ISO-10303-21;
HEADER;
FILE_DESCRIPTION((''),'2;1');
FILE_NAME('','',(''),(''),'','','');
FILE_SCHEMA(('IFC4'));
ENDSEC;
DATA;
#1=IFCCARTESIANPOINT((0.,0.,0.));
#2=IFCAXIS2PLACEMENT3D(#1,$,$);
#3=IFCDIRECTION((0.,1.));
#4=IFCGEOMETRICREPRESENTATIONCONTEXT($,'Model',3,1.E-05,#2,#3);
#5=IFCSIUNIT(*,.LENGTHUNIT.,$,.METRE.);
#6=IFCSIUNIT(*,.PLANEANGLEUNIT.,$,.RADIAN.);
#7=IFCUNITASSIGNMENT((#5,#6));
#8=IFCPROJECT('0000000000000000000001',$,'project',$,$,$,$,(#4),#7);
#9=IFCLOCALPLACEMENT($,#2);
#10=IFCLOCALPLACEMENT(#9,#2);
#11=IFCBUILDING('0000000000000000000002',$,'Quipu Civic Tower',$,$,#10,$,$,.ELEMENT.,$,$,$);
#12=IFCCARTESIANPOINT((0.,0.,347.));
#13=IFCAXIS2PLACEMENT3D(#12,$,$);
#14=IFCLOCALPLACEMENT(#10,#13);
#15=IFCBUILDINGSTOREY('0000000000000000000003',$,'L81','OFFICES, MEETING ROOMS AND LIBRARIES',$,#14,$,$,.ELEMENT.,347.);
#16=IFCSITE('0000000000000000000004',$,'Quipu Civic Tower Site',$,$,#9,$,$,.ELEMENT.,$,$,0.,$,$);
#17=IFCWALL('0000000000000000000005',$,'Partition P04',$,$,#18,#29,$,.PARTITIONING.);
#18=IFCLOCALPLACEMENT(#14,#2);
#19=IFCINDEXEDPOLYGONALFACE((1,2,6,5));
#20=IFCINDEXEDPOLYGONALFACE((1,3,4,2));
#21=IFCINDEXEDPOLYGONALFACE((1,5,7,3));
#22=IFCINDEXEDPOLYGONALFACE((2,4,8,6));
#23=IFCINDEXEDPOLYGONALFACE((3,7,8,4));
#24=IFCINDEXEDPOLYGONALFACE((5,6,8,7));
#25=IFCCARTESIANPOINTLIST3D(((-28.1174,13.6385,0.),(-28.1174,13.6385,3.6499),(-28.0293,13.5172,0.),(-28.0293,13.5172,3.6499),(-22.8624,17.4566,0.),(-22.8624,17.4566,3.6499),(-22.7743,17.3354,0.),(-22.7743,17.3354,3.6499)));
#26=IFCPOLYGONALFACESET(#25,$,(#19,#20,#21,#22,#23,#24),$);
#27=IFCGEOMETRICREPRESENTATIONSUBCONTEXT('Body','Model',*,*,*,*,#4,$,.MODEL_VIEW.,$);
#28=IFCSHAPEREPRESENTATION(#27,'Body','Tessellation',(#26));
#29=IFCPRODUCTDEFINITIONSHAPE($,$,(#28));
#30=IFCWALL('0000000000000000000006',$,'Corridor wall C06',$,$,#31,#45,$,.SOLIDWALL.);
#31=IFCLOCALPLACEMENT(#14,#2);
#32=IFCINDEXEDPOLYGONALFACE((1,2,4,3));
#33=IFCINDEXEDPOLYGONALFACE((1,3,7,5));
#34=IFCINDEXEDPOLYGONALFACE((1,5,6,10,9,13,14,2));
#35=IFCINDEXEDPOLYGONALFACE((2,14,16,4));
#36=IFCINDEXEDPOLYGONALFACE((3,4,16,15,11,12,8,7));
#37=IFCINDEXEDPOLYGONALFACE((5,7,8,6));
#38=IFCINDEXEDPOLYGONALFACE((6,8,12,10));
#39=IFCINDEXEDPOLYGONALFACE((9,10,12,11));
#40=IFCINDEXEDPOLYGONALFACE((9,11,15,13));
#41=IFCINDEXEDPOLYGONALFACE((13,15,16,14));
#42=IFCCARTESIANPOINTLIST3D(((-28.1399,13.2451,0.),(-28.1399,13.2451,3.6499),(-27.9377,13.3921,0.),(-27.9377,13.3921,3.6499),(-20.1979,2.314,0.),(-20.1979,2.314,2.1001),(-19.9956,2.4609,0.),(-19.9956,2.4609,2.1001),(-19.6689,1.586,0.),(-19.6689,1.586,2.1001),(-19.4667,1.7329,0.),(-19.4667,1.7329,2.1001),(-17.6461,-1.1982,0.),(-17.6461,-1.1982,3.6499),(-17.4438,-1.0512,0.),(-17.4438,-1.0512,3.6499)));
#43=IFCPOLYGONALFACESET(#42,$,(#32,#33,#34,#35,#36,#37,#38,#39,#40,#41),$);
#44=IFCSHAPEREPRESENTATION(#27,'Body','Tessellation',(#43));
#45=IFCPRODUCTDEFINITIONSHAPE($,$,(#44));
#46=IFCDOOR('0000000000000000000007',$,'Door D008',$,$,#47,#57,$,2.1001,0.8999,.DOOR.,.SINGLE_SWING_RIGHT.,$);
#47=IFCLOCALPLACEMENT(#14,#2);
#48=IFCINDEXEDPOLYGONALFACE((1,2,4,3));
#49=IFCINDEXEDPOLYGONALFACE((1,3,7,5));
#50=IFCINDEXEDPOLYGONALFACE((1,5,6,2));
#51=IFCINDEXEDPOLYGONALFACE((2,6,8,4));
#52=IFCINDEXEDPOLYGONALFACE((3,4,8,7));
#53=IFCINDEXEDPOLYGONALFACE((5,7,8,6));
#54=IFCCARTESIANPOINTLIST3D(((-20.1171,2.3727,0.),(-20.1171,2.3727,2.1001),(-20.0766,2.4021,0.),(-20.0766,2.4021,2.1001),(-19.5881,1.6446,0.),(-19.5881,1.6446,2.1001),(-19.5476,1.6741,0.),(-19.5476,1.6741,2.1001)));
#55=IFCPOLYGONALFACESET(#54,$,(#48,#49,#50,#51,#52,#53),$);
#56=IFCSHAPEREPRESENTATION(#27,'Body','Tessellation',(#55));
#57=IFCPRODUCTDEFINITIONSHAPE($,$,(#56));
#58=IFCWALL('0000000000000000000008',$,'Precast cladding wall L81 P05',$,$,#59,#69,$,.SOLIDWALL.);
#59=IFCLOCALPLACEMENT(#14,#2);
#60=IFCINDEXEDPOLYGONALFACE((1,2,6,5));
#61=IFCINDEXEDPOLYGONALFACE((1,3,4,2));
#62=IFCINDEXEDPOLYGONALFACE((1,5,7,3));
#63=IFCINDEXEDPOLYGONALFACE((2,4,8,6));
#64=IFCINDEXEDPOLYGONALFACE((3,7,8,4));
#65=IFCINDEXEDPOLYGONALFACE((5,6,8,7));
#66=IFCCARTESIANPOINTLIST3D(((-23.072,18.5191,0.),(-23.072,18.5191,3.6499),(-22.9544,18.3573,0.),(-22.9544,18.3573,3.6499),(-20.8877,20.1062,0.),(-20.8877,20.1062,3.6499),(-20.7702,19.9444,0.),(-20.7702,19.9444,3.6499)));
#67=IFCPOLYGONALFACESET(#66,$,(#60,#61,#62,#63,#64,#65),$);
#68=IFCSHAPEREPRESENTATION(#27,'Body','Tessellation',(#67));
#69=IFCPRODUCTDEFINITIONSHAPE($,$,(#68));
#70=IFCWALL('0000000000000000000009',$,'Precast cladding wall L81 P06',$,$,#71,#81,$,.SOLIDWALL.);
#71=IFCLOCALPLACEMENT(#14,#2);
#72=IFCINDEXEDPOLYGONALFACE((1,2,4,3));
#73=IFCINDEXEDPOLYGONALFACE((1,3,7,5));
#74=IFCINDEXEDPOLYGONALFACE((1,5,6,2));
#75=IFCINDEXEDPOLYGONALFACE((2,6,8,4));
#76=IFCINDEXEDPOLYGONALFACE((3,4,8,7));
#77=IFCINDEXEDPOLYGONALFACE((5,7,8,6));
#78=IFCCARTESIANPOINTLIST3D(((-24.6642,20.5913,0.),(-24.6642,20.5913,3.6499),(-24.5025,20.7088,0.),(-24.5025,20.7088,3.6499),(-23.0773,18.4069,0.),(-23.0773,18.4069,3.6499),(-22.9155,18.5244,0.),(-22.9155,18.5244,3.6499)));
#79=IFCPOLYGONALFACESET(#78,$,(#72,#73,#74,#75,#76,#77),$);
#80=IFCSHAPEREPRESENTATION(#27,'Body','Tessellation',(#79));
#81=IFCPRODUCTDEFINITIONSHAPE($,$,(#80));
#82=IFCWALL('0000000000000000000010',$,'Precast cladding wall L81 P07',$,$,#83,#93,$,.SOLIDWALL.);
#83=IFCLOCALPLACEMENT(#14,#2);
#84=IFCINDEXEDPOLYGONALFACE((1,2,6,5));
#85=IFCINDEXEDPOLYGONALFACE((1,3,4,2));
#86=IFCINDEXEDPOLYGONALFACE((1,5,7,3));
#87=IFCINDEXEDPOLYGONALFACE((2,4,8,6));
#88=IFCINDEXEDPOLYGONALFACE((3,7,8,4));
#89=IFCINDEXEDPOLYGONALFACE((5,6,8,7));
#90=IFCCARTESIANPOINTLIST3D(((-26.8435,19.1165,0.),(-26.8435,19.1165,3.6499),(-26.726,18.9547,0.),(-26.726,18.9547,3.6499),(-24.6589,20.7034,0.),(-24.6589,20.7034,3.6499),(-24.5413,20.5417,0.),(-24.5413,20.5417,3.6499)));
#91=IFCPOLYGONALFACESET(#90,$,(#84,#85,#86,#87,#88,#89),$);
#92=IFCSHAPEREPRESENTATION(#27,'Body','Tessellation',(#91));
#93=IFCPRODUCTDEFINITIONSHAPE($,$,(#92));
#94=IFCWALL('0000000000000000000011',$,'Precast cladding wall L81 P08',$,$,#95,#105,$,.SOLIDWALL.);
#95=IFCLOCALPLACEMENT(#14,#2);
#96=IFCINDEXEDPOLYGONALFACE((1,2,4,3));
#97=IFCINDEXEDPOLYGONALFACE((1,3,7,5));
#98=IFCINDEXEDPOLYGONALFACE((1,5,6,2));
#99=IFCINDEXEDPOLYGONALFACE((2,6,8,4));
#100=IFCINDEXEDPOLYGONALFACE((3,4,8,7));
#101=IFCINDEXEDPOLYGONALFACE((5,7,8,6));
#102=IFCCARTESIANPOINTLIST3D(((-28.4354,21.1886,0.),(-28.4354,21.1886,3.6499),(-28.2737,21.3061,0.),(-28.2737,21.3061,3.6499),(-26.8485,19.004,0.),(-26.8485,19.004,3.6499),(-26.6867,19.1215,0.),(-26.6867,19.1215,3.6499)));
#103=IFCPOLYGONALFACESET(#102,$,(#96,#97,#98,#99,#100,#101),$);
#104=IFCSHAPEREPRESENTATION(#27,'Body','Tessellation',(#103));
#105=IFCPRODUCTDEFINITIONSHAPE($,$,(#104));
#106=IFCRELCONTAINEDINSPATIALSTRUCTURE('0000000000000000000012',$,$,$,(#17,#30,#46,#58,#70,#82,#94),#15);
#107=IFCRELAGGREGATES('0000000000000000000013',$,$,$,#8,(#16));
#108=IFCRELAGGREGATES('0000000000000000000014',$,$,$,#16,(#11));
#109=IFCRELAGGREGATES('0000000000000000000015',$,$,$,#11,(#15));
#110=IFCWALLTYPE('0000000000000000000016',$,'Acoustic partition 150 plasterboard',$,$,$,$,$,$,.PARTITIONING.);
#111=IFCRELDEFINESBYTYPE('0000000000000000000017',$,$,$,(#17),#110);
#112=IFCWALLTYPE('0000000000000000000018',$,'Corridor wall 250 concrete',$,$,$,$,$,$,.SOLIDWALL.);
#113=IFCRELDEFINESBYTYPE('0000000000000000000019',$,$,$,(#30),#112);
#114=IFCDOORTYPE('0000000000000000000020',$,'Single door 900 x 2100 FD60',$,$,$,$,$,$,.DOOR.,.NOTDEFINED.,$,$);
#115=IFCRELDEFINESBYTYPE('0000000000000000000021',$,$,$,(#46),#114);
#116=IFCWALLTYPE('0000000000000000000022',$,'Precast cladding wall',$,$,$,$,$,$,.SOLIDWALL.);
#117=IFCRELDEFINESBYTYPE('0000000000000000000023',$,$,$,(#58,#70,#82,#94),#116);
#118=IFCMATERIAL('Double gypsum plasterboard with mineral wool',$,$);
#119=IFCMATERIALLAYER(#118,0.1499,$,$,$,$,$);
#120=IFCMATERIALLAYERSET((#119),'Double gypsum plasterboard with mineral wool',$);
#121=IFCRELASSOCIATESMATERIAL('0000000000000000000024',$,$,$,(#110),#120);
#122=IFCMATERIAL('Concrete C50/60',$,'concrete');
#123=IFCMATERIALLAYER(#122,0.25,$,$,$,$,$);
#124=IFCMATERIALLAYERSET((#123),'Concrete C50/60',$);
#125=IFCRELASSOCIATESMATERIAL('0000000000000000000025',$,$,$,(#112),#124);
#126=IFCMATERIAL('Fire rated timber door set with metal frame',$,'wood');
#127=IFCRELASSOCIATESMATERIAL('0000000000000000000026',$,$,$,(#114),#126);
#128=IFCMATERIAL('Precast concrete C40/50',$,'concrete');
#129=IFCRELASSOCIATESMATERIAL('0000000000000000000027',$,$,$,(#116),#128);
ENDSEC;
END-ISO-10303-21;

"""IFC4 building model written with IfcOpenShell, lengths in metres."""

from ifc_helpers import new_model, si_unit, direction, frame, frame_2d, origin, place, context, subcontext, project, spatial, rectangle, extrude, material, layer, layer_set, type_object, element, fill, save


model = new_model("IFC4")

# Units and contexts
model_context = context("Model", 3, precision=1e-05, world=origin(), true_north=direction((0.0, 1.0)))
body_context = subcontext(model_context, "Body", "Model", "MODEL_VIEW")
ifc_project = project(units=[si_unit("LENGTHUNIT", "METRE"), si_unit("PLANEANGLEUNIT", "RADIAN")], contexts=[model_context])

# Site, building, storey
site_placement = place(None, origin())
site = spatial("IfcSite", under=ifc_project, at=site_placement, Name="Quipu Civic Tower Site", CompositionType="ELEMENT", RefElevation=0.0)
building_placement = place(site_placement, origin())
building = spatial("IfcBuilding", under=site, at=building_placement, Name="Quipu Civic Tower", CompositionType="ELEMENT")
storey_placement = place(building_placement, frame((0.0, 0.0, 347.0)))
storey = spatial("IfcBuildingStorey", under=building, at=storey_placement, Name="L81", Description="OFFICES, MEETING ROOMS AND LIBRARIES", CompositionType="ELEMENT", Elevation=347.0)

# Wall
ifc_material_1 = material(Name="Double gypsum plasterboard with mineral wool")
ifc_layer_1 = layer(ifc_material_1, 0.1499)
ifc_layer_set_1 = layer_set([ifc_layer_1], Name="Double gypsum plasterboard with mineral wool")
wall_type_1 = type_object("IfcWallType", Name="Acoustic partition 150 plasterboard", PredefinedType="PARTITIONING", material=ifc_layer_set_1)
wall_1_placement = place(storey_placement, frame((-22.8184, 17.396, 0.0), z_axis=(0.0, 0.0, 1.0), x_axis=(-0.809001, -0.587807, 0.0)))
element("IfcWall", 1, at=wall_1_placement, inside=storey, type_object=wall_type_1, Name="Partition P04", PredefinedType="PARTITIONING", context=body_context, shape_type="SweptSolid", body=[
    extrude(rectangle(XDim=6.4956, YDim=0.1499, at=frame_2d((3.2478, 0.0))), origin(), (0.0, 0.0, 1.0), 3.6499),
])

# Wall, opening, door
ifc_material_2 = material(Name="Concrete C50/60", Category="concrete")
ifc_layer_2 = layer(ifc_material_2, 0.25)
ifc_layer_set_2 = layer_set([ifc_layer_2], Name="Concrete C50/60")
wall_type_2 = type_object("IfcWallType", Name="Corridor wall 250 concrete", PredefinedType="SOLIDWALL", material=ifc_layer_set_2)
wall_2_placement = place(storey_placement, frame((-28.0388, 13.3186, 0.0), z_axis=(0.0, 0.0, 1.0), x_axis=(0.587792, -0.809012, 0.0)))
wall_2 = element("IfcWall", 2, at=wall_2_placement, inside=storey, type_object=wall_type_2, Name="Corridor wall C06", PredefinedType="SOLIDWALL", context=body_context, shape_type="SweptSolid", body=[
    extrude(rectangle(XDim=17.853, YDim=0.25, at=frame_2d((8.9265, 0.0))), origin(), (0.0, 0.0, 1.0), 3.6499),
])
opening_placement = place(wall_2_placement, frame((13.5117, 0.0, 0.0)))
opening = element("IfcOpeningElement", 3, at=opening_placement, cuts=wall_2, PredefinedType="OPENING", context=body_context, shape_type="SweptSolid", body=[
    extrude(rectangle(XDim=0.8999, YDim=2.1001, at=frame_2d((0.45, 1.05))), frame((0.0, 0.135, 0.0), z_axis=(0.0, -1.0, 0.0), x_axis=(1.0, 0.0, 0.0)), (0.0, 0.0, 1.0), 0.27),
])
ifc_material_3 = material(Name="Fire rated timber door set with metal frame", Category="wood")
door_type = type_object("IfcDoorType", Name="Single door 900 x 2100 FD60", OperationType="NOTDEFINED", PredefinedType="DOOR", material=ifc_material_3)
door_placement = place(opening_placement, origin())
door = element("IfcDoor", 4, at=door_placement, inside=storey, type_object=door_type, Name="Door D008", OperationType="SINGLE_SWING_RIGHT", OverallHeight=2.1001, OverallWidth=0.8999, PredefinedType="DOOR", context=body_context, shape_type="SweptSolid", body=[
    extrude(rectangle(XDim=0.8999, YDim=2.1001, at=frame_2d((0.45, 1.05))), frame((0.0, 0.0249, 0.0), z_axis=(0.0, -1.0, 0.0), x_axis=(1.0, 0.0, 0.0)), (0.0, 0.0, 1.0), 0.05),
])
fill(opening, door)

# Walls
ifc_material_4 = material(Name="Precast concrete C40/50", Category="concrete")
wall_type_3 = type_object("IfcWallType", Name="Precast cladding wall", PredefinedType="SOLIDWALL", material=ifc_material_4)
for number, where, z_axis, x_axis, name in (
    (5, (-20.8289, 20.0254, 0.0), (0.0, 0.0, 1.0), (-0.80899, -0.587822, 0.0), "Precast cladding wall L81 P05"),
    (6, (-22.9963, 18.4656, 0.0), (0.0, 0.0, 1.0), (-0.587763, 0.809033, 0.0), "Precast cladding wall L81 P06"),
):
    element("IfcWall", number, at=place(storey_placement, frame(where, z_axis=z_axis, x_axis=x_axis)), inside=storey, type_object=wall_type_3, Name=name, PredefinedType="SOLIDWALL", context=body_context, shape_type="SweptSolid", body=[
        extrude(rectangle(XDim=2.7, YDim=0.2, at=frame_2d((1.3501, 0.0))), origin(), (0.0, 0.0, 1.0), 3.6499),
    ])
for number, where, z_axis, x_axis, name in (
    (7, (-24.6001, 20.6226, 0.0), (0.0, 0.0, 1.0), (-0.809064, -0.58772, 0.0), "Precast cladding wall L81 P07"),
    (8, (-26.7676, 19.0627, 0.0), (0.0, 0.0, 1.0), (-0.58772, 0.809064, 0.0), "Precast cladding wall L81 P08"),
):
    element("IfcWall", number, at=place(storey_placement, frame(where, z_axis=z_axis, x_axis=x_axis)), inside=storey, type_object=wall_type_3, Name=name, PredefinedType="SOLIDWALL", context=body_context, shape_type="SweptSolid", body=[
        extrude(rectangle(XDim=2.7002, YDim=0.2, at=frame_2d((1.3501, 0.0))), origin(), (0.0, 0.0, 1.0), 3.6499),
    ])

save(model, "model.ifc")
